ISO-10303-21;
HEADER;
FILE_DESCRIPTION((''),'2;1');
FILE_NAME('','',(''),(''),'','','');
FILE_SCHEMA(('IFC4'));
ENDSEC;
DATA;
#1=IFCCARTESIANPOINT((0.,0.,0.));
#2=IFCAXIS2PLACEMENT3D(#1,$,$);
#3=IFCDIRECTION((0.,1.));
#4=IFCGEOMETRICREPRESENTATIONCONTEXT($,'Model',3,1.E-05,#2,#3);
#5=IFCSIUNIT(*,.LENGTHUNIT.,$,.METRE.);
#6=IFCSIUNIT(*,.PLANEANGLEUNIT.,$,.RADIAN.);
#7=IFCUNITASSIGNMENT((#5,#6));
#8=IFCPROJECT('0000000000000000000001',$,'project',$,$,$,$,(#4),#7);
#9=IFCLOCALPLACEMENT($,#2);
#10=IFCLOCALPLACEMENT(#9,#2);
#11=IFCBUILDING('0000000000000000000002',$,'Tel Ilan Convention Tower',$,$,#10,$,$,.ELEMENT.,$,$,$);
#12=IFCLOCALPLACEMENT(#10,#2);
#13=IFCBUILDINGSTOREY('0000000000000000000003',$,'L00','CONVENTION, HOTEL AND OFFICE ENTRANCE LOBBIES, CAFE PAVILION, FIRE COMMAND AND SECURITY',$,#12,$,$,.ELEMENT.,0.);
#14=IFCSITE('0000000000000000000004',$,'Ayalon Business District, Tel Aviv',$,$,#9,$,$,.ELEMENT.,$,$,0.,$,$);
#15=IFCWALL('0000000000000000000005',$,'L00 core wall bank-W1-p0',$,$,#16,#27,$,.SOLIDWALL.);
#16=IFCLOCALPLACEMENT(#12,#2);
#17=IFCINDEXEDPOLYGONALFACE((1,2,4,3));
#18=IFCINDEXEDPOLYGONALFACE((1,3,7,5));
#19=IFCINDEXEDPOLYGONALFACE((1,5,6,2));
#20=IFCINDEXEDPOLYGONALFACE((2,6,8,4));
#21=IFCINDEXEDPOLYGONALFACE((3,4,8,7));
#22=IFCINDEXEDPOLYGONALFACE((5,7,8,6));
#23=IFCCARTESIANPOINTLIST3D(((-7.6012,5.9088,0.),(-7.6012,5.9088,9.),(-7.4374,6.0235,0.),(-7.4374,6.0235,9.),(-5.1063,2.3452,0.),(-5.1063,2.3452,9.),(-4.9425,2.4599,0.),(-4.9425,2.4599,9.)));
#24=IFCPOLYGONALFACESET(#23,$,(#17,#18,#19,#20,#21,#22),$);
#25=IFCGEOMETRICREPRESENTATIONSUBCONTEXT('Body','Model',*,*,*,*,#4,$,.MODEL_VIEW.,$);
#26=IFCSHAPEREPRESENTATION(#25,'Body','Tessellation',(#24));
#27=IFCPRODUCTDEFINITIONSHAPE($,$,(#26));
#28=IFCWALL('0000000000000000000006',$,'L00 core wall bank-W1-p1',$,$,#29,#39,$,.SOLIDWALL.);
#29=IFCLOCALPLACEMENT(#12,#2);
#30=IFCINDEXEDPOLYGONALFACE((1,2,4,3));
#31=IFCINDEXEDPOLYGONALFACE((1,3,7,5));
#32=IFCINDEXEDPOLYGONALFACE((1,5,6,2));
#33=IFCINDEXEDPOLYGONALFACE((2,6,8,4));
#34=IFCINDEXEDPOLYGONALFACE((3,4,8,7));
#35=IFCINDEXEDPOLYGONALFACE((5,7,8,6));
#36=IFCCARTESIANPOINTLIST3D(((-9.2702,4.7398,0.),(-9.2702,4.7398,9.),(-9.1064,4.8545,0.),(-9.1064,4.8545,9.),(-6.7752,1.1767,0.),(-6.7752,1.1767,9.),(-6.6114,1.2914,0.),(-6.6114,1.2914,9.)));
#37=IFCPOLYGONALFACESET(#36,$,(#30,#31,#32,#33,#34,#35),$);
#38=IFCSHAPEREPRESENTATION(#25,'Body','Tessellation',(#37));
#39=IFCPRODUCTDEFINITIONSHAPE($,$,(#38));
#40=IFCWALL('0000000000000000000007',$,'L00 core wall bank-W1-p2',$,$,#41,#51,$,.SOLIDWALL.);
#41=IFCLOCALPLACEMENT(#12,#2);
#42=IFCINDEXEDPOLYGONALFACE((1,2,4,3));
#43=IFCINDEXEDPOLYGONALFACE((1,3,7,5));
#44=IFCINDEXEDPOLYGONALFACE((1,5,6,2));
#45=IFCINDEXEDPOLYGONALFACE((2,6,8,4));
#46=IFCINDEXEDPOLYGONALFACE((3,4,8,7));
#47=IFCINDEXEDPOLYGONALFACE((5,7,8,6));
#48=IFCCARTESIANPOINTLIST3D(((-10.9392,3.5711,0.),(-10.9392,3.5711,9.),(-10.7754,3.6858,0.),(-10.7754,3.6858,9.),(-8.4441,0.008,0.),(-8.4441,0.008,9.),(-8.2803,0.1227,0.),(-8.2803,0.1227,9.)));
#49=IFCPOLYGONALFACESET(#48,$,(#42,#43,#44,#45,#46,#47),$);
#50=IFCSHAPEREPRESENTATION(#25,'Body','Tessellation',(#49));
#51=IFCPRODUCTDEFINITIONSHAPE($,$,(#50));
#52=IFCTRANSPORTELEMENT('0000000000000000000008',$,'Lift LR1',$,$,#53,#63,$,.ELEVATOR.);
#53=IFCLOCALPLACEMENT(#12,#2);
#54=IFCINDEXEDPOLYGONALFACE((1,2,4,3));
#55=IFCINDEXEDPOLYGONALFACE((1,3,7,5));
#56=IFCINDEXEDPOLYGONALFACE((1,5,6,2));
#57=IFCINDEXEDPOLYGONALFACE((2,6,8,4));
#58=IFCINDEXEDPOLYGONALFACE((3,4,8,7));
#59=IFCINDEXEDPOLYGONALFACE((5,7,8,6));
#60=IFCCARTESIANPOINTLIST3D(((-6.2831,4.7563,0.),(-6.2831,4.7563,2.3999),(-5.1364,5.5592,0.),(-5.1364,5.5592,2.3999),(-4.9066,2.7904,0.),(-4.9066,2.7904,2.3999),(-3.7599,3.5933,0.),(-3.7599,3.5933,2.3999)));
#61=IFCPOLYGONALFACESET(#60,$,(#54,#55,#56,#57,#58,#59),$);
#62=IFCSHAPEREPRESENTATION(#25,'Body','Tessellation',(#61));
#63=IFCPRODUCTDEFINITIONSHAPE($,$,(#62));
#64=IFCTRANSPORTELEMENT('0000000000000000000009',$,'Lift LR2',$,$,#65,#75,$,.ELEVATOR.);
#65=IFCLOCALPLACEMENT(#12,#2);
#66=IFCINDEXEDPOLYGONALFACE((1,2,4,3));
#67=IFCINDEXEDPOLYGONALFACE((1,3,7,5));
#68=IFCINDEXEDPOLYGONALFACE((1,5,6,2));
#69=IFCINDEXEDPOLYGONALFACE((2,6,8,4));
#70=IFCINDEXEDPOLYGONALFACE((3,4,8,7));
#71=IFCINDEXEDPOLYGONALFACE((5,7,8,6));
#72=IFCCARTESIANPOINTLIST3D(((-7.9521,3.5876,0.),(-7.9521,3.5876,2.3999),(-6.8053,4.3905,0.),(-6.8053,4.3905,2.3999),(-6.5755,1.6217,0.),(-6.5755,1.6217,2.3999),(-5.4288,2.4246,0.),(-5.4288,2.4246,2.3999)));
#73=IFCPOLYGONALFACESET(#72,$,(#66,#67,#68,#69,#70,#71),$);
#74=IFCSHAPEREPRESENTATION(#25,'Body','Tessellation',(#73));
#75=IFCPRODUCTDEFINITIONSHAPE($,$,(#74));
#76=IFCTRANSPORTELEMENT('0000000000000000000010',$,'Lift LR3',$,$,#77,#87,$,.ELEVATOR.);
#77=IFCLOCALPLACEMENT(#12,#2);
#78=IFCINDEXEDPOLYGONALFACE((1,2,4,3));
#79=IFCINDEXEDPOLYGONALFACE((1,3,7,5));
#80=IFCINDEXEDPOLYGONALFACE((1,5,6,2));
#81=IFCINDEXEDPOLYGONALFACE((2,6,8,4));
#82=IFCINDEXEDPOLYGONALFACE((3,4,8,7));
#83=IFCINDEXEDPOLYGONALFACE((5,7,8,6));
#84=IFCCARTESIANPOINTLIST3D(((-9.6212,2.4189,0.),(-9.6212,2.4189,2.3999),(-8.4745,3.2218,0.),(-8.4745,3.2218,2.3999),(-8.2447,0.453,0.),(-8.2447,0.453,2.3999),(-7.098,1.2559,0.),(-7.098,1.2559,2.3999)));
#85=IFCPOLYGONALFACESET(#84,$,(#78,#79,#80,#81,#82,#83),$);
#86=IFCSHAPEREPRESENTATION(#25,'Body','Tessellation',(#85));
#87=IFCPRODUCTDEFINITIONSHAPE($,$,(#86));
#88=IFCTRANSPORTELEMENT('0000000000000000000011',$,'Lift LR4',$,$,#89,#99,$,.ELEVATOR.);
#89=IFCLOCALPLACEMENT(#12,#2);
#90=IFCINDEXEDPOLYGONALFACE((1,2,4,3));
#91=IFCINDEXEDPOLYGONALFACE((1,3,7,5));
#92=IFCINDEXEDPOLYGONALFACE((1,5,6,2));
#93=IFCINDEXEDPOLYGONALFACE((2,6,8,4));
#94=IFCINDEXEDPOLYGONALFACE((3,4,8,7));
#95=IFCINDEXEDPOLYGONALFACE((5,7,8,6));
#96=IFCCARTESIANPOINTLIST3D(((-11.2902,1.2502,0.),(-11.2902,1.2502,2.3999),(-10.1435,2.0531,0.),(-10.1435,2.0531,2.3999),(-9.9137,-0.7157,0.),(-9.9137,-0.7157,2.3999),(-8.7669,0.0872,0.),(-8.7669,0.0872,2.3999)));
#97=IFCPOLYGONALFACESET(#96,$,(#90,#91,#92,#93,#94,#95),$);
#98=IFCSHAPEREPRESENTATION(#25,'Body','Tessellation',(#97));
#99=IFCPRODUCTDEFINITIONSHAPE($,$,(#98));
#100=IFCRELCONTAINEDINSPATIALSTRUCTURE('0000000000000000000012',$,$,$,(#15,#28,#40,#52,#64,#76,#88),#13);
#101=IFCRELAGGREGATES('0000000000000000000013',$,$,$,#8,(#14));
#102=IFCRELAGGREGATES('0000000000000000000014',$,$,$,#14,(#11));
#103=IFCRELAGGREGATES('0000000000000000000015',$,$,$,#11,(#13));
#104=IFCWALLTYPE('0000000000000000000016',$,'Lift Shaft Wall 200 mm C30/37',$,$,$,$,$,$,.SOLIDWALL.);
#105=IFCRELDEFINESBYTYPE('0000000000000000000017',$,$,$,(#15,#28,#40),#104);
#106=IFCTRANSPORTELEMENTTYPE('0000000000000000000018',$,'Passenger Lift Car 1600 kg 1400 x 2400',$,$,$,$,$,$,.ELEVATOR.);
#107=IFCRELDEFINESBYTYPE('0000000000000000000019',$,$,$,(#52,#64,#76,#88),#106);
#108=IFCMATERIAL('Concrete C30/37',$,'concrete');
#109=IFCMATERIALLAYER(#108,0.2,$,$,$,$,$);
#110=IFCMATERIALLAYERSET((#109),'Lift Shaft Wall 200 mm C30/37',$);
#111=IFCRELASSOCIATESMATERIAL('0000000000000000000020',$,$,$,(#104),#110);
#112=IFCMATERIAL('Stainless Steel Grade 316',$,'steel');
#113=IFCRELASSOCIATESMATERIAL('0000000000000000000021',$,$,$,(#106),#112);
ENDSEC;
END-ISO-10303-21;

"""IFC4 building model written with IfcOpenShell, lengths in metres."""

from ifc_helpers import new_model, si_unit, direction, frame, frame_2d, origin, origin_2d, place, context, subcontext, project, spatial, rectangle, extrude, material, layer, layer_set, type_object, element, save


model = new_model("IFC4")

# Units and contexts
model_context = context("Model", 3, precision=1e-05, world=origin(), true_north=direction((0.0, 1.0)))
body_context = subcontext(model_context, "Body", "Model", "MODEL_VIEW")
ifc_project = project(units=[si_unit("LENGTHUNIT", "METRE"), si_unit("PLANEANGLEUNIT", "RADIAN")], contexts=[model_context])

# Site, building, storey
site_placement = place(None, origin())
site = spatial("IfcSite", under=ifc_project, at=site_placement, Name="Ayalon Business District, Tel Aviv", CompositionType="ELEMENT", RefElevation=0.0)
building_placement = place(site_placement, origin())
building = spatial("IfcBuilding", under=site, at=building_placement, Name="Tel Ilan Convention Tower", CompositionType="ELEMENT")
storey_placement = place(building_placement, origin())
storey = spatial("IfcBuildingStorey", under=building, at=storey_placement, Name="L00", Description="CONVENTION, HOTEL AND OFFICE ENTRANCE LOBBIES, CAFE PAVILION, FIRE COMMAND AND SECURITY", CompositionType="ELEMENT", Elevation=0.0)

# Walls
ifc_material_1 = material(Name="Concrete C30/37", Category="concrete")
ifc_layer_1 = layer(ifc_material_1, 0.2)
ifc_layer_set_1 = layer_set([ifc_layer_1], Name="Lift Shaft Wall 200 mm C30/37")
wall_type_1 = type_object("IfcWallType", Name="Lift Shaft Wall 200 mm C30/37", PredefinedType="SOLIDWALL", material=ifc_layer_set_1)
wall_1_placement = place(storey_placement, frame((-5.0244, 2.4026, 0.0), z_axis=(0.0, 0.0, 1.0), x_axis=(-0.57353, 0.819184, 0.0)))
element("IfcWall", 1, at=wall_1_placement, inside=storey, type_object=wall_type_1, Name="L00 core wall bank-W1-p0", PredefinedType="SOLIDWALL", context=body_context, shape_type="SweptSolid", body=[
    extrude(rectangle(XDim=4.3501, YDim=0.2, at=frame_2d((2.175, 0.0))), origin(), (0.0, 0.0, 1.0), 9.0),
])
for number, where, z_axis, x_axis, name in (
    (2, (-6.6934, 1.2341, 0.0), (0.0, 0.0, 1.0), (-0.573594, 0.81914, 0.0), "L00 core wall bank-W1-p1"),
    (3, (-8.3623, 0.0654, 0.0), (0.0, 0.0, 1.0), (-0.573594, 0.81914, 0.0), "L00 core wall bank-W1-p2"),
):
    element("IfcWall", number, at=place(storey_placement, frame(where, z_axis=z_axis, x_axis=x_axis)), inside=storey, type_object=wall_type_1, Name=name, PredefinedType="SOLIDWALL", context=body_context, shape_type="SweptSolid", body=[
        extrude(rectangle(XDim=4.3499, YDim=0.2, at=frame_2d((2.1748, 0.0))), origin(), (0.0, 0.0, 1.0), 9.0),
    ])

# Transport elements
ifc_material_2 = material(Name="Stainless Steel Grade 316", Category="steel")
transport_element_type = type_object("IfcTransportElementType", Name="Passenger Lift Car 1600 kg 1400 x 2400", PredefinedType="ELEVATOR", material=ifc_material_2)
for number, where, z_axis, x_axis, name in (
    (4, (-5.0215, 4.1748, 0.0), (0.0, 0.0, 1.0), (-0.819152, -0.573576, 0.0), "Lift LR1"),
    (5, (-6.6904, 3.0061, 0.0), (0.0, 0.0, 1.0), (-0.819152, -0.573576, 0.0), "Lift LR2"),
    (6, (-8.3596, 1.8374, 0.0), (0.0, 0.0, 1.0), (-0.819152, -0.573576, 0.0), "Lift LR3"),
    (7, (-10.0286, 0.6687, 0.0), (0.0, 0.0, 1.0), (-0.819152, -0.573576, 0.0), "Lift LR4"),
):
    element("IfcTransportElement", number, at=place(storey_placement, frame(where, z_axis=z_axis, x_axis=x_axis)), inside=storey, type_object=transport_element_type, Name=name, PredefinedType="ELEVATOR", context=body_context, shape_type="SweptSolid", body=[
        extrude(rectangle(XDim=1.3999, YDim=2.3999, at=origin_2d()), origin(), (0.0, 0.0, 1.0), 2.3999),
    ])

save(model, "model.ifc")
